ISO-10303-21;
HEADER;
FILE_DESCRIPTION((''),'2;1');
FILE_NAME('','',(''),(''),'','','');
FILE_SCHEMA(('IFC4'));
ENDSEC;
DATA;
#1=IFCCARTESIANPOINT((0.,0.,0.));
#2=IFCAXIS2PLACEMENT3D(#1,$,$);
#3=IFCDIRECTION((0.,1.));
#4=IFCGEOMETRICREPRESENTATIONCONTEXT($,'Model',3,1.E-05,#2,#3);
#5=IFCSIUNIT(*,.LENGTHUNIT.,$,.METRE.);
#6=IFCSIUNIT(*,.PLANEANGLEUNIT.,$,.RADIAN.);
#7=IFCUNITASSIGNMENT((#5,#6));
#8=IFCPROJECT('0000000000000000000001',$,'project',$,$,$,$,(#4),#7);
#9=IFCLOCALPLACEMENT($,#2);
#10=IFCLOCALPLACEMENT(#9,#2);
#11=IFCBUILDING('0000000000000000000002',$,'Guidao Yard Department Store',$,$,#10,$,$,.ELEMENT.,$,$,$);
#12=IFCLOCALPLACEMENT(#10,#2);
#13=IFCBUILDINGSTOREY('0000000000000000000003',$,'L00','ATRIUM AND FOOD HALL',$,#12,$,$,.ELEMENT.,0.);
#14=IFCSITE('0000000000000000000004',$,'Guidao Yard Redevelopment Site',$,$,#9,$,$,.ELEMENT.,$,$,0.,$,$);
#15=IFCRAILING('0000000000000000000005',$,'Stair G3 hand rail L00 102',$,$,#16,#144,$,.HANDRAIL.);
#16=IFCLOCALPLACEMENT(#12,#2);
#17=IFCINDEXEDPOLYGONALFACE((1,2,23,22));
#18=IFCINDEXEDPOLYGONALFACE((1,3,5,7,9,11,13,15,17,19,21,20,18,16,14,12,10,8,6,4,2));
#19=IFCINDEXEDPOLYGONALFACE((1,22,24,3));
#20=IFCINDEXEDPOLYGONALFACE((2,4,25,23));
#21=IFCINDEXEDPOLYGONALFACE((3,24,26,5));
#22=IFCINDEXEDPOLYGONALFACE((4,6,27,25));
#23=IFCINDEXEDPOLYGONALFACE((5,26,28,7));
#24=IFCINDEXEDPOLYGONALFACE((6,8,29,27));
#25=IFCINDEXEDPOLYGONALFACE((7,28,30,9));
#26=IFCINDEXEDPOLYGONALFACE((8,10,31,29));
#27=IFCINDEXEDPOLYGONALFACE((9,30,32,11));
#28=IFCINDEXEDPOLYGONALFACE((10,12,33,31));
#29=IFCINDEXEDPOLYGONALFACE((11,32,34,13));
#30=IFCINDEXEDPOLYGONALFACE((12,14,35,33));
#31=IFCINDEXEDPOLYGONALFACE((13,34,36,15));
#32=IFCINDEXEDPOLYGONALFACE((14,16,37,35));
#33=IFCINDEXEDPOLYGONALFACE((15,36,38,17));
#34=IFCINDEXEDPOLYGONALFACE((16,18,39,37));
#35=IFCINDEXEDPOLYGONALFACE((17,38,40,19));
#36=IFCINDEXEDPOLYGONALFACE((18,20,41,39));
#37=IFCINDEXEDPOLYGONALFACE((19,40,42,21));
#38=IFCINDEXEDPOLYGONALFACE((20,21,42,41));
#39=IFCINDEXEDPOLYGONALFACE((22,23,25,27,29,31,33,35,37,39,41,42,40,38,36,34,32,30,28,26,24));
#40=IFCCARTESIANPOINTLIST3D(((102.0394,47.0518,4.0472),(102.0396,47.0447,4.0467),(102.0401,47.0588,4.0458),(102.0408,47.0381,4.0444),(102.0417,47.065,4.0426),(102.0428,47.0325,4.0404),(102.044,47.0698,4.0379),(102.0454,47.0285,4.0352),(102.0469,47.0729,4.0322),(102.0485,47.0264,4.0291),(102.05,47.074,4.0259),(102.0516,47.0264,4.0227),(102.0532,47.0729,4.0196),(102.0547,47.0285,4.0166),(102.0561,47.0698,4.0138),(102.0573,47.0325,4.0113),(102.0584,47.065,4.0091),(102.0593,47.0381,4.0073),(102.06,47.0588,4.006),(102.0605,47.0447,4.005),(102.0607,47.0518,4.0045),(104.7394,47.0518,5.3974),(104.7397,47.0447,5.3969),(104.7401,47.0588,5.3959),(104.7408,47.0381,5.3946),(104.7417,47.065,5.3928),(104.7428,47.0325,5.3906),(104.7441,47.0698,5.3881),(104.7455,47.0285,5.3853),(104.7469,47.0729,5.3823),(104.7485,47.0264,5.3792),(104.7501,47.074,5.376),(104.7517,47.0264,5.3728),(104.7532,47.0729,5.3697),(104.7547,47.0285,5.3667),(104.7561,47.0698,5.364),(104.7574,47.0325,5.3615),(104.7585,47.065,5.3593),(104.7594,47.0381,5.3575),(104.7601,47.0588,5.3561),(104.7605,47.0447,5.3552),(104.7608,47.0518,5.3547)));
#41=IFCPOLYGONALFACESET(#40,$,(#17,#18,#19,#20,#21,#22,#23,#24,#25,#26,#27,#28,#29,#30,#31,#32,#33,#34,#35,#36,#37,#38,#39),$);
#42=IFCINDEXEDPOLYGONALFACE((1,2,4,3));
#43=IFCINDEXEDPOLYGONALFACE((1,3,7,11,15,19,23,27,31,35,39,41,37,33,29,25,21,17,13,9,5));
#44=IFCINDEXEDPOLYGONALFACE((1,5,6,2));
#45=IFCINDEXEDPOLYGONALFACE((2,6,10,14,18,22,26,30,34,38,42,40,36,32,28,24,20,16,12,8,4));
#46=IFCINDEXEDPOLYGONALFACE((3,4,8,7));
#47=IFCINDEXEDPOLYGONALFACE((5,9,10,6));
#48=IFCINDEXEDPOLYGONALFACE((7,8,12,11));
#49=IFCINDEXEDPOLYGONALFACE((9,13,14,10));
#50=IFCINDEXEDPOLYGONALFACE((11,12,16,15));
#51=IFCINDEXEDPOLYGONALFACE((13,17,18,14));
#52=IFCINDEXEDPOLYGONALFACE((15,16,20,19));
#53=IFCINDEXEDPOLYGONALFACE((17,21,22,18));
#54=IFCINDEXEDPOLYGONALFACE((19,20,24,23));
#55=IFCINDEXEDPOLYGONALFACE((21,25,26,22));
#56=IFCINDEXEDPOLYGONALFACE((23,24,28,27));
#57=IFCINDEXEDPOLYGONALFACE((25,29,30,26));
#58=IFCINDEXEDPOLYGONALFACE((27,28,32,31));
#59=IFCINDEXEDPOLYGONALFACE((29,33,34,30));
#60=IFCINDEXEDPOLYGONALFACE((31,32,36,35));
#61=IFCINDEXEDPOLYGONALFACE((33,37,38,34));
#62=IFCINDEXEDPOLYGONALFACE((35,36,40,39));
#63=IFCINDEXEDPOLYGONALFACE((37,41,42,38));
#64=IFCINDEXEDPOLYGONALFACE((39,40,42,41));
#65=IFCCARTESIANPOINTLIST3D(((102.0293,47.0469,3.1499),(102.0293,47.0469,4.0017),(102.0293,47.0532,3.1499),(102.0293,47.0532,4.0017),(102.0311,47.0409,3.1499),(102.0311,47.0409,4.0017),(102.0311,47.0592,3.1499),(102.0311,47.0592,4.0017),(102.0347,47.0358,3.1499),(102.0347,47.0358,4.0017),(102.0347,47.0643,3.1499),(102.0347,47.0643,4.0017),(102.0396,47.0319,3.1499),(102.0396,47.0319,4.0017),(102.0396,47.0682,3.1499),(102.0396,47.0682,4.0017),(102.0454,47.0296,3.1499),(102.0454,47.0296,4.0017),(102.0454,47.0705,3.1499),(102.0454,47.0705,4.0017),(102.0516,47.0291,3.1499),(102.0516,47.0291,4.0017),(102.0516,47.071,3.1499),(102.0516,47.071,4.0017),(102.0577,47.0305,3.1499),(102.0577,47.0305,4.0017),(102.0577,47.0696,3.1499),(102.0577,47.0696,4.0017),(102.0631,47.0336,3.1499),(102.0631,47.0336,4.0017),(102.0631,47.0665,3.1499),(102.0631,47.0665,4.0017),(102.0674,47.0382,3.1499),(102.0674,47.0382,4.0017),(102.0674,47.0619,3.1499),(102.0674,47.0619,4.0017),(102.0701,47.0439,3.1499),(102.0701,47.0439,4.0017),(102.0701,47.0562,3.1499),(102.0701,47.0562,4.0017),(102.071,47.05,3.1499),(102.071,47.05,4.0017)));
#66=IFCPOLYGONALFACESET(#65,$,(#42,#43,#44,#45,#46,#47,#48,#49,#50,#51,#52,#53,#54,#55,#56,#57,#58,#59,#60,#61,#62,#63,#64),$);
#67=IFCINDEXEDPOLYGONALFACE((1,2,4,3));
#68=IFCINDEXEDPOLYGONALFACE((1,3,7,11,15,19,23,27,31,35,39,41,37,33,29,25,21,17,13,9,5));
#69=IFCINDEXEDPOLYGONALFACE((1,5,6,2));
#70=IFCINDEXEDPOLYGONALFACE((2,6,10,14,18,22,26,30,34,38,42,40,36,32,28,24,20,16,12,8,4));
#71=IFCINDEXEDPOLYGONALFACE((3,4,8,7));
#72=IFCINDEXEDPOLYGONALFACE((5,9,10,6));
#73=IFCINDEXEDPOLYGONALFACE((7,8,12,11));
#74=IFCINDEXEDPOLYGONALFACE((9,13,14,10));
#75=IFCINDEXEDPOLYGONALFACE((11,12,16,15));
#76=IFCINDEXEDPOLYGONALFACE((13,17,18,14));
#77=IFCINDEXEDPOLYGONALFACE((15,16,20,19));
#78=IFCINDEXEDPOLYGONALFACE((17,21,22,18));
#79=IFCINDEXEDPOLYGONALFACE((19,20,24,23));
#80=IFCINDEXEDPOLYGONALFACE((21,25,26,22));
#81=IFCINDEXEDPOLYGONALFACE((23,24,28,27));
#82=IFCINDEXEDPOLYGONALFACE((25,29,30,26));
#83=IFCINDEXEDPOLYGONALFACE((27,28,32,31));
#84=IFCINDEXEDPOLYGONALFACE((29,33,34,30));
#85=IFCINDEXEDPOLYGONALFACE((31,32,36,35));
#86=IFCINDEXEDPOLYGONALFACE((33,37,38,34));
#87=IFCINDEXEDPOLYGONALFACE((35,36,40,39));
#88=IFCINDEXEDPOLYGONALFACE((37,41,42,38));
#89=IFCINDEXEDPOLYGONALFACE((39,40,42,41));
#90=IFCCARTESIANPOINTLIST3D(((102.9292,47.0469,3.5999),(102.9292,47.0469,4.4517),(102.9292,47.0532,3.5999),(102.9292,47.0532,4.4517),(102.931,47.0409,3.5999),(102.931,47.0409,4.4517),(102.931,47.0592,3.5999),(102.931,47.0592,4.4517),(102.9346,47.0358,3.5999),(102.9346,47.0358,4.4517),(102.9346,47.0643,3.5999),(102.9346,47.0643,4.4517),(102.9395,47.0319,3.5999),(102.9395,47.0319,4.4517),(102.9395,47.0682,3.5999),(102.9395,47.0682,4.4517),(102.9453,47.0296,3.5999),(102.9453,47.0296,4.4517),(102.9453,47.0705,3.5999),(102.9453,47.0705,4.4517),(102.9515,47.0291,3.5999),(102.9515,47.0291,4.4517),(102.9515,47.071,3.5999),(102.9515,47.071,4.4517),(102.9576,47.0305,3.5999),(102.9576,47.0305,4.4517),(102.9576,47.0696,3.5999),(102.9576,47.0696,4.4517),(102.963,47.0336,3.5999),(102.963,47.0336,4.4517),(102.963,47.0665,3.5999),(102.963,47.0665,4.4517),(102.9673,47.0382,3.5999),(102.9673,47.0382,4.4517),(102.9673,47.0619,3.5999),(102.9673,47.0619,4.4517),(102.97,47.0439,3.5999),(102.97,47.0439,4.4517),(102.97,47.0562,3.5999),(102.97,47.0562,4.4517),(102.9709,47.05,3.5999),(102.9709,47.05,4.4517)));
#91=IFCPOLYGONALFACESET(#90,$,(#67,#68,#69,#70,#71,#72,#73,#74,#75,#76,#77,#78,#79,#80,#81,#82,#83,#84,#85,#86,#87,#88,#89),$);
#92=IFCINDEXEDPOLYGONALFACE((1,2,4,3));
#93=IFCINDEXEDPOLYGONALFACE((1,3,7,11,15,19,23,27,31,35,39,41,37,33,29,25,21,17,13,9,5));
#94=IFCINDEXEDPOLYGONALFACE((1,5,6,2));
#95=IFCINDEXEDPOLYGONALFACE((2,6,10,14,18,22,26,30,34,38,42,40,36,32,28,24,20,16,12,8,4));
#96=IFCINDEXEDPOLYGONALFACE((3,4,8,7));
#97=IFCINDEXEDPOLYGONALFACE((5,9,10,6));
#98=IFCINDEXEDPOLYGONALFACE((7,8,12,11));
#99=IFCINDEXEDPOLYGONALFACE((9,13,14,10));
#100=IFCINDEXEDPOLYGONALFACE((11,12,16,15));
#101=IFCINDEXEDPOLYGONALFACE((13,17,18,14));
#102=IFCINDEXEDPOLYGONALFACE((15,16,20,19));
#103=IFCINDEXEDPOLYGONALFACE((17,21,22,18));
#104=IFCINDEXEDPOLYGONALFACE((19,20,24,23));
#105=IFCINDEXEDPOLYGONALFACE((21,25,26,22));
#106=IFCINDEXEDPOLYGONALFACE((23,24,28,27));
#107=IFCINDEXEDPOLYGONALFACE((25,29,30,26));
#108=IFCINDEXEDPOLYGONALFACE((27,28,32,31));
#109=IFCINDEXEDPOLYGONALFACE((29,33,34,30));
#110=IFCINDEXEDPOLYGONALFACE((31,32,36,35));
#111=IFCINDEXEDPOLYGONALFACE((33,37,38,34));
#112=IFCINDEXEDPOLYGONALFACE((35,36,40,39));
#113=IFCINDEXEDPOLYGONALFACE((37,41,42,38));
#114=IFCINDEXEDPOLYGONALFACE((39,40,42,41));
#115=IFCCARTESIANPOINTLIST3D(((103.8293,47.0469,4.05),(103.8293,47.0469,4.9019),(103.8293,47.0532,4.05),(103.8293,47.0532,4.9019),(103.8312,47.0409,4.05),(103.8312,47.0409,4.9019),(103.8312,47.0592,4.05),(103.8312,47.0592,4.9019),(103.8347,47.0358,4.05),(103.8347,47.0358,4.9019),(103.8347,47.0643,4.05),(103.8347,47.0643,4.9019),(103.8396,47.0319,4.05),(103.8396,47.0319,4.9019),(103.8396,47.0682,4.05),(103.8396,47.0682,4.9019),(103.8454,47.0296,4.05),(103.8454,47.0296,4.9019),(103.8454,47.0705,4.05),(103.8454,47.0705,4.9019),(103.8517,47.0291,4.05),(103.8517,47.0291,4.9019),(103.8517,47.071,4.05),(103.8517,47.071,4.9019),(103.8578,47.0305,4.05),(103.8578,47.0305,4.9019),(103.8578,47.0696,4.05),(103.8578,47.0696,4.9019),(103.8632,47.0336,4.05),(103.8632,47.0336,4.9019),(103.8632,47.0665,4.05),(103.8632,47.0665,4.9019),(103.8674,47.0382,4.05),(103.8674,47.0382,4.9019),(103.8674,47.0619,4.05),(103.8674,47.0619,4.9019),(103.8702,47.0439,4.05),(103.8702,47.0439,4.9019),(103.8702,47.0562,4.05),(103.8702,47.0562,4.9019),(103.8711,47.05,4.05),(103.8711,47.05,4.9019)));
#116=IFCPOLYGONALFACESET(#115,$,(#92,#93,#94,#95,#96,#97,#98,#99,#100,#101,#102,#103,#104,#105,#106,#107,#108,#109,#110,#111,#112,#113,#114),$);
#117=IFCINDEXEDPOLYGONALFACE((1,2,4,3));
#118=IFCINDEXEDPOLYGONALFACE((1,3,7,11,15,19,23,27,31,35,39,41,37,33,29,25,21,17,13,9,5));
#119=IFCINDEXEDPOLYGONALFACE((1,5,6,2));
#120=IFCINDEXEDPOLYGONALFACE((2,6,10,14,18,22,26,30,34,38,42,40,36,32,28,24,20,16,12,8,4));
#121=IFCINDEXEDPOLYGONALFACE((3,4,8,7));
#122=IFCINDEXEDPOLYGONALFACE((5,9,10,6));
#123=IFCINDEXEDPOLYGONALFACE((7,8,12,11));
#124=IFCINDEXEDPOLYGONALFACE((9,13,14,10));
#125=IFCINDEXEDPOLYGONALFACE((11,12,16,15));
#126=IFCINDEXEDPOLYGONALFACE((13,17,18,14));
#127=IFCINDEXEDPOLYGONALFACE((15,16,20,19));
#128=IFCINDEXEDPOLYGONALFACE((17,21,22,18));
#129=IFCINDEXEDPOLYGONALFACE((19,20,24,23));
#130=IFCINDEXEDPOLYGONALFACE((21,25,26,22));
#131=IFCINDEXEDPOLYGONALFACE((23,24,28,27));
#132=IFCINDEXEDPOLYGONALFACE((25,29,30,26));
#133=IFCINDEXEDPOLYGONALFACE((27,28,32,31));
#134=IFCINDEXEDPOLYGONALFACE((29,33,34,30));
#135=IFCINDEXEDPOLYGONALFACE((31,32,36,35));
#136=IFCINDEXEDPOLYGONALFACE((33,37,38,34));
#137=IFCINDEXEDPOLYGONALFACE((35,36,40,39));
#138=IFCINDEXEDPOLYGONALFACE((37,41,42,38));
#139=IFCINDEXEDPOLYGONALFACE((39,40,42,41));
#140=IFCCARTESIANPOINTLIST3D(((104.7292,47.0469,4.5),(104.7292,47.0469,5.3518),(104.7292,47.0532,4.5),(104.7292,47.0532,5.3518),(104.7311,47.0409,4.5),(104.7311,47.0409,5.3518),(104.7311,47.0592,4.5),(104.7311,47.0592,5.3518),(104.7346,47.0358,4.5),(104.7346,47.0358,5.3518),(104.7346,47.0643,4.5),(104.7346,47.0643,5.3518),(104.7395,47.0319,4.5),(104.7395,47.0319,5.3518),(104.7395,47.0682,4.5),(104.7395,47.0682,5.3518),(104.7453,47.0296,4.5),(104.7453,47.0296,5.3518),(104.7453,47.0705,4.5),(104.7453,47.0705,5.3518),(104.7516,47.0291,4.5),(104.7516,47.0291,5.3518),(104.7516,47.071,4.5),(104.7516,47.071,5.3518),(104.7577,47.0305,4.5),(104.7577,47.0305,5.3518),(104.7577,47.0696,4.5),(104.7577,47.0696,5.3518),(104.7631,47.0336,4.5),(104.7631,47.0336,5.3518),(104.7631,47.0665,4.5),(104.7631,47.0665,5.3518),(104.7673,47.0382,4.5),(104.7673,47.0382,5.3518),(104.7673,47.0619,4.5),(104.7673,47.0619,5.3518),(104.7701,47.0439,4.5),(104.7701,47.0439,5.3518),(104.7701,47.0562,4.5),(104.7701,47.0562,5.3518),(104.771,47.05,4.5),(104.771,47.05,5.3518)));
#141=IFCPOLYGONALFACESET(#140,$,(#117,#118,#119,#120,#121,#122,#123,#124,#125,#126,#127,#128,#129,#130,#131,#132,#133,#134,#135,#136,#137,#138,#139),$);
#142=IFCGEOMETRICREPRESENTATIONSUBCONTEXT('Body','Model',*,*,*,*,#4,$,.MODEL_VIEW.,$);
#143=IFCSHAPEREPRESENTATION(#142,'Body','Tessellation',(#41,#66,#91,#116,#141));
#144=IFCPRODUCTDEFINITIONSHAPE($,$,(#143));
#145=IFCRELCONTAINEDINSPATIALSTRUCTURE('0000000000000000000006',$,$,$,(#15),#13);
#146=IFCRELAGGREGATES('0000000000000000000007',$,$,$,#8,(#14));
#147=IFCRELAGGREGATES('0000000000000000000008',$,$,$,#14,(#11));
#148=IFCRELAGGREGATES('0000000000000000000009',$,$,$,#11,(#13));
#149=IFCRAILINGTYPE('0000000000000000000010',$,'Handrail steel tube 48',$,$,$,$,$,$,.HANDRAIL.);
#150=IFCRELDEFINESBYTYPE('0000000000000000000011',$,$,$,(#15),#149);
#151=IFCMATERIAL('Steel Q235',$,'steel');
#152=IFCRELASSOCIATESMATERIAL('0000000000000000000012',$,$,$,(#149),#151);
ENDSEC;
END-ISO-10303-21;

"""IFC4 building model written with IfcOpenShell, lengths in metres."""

from ifc_helpers import new_model, si_unit, direction, frame, origin, origin_2d, place, context, subcontext, project, spatial, circle, extrude, material, type_object, element, save


model = new_model("IFC4")

# Units and contexts
model_context = context("Model", 3, precision=1e-05, world=origin(), true_north=direction((0.0, 1.0)))
body_context = subcontext(model_context, "Body", "Model", "MODEL_VIEW")
ifc_project = project(units=[si_unit("LENGTHUNIT", "METRE"), si_unit("PLANEANGLEUNIT", "RADIAN")], contexts=[model_context])

# Site, building, storey
site_placement = place(None, origin())
site = spatial("IfcSite", under=ifc_project, at=site_placement, Name="Guidao Yard Redevelopment Site", CompositionType="ELEMENT", RefElevation=0.0)
building_placement = place(site_placement, origin())
building = spatial("IfcBuilding", under=site, at=building_placement, Name="Guidao Yard Department Store", CompositionType="ELEMENT")
storey_placement = place(building_placement, origin())
storey = spatial("IfcBuildingStorey", under=building, at=storey_placement, Name="L00", Description="ATRIUM AND FOOD HALL", CompositionType="ELEMENT", Elevation=0.0)

# Railing
ifc_material_1 = material(Name="Steel Q235", Category="steel")
railing_type = type_object("IfcRailingType", Name="Handrail steel tube 48", PredefinedType="HANDRAIL", material=ifc_material_1)
for number, where, name in (
    (1, (102.05, 47.05, 3.1499), "Stair G3 hand rail L00 102"),
):
    element("IfcRailing", number, at=place(storey_placement, frame(where)), inside=storey, type_object=railing_type, Name=name, PredefinedType="HANDRAIL", context=body_context, shape_type="SweptSolid", body=[
        extrude(circle(Radius=0.0239, at=origin_2d()), frame((0.0, 0.0, 0.876), z_axis=(0.894411, 0.0, 0.447246), x_axis=(0.0, 1.0, 0.0)), (0.0, 0.0, 1.0), 3.0188),
        extrude(circle(Radius=0.021, at=origin_2d()), origin(), (0.0, 0.0, 1.0), 0.8518),
        extrude(circle(Radius=0.021, at=origin_2d()), frame((0.8999, 0.0, 0.45)), (0.0, 0.0, 1.0), 0.8518),
        extrude(circle(Radius=0.021, at=origin_2d()), frame((1.8, 0.0, 0.9001)), (0.0, 0.0, 1.0), 0.8518),
        extrude(circle(Radius=0.021, at=origin_2d()), frame((2.7, 0.0, 1.3501)), (0.0, 0.0, 1.0), 0.8518),
    ])

save(model, "model.ifc")
